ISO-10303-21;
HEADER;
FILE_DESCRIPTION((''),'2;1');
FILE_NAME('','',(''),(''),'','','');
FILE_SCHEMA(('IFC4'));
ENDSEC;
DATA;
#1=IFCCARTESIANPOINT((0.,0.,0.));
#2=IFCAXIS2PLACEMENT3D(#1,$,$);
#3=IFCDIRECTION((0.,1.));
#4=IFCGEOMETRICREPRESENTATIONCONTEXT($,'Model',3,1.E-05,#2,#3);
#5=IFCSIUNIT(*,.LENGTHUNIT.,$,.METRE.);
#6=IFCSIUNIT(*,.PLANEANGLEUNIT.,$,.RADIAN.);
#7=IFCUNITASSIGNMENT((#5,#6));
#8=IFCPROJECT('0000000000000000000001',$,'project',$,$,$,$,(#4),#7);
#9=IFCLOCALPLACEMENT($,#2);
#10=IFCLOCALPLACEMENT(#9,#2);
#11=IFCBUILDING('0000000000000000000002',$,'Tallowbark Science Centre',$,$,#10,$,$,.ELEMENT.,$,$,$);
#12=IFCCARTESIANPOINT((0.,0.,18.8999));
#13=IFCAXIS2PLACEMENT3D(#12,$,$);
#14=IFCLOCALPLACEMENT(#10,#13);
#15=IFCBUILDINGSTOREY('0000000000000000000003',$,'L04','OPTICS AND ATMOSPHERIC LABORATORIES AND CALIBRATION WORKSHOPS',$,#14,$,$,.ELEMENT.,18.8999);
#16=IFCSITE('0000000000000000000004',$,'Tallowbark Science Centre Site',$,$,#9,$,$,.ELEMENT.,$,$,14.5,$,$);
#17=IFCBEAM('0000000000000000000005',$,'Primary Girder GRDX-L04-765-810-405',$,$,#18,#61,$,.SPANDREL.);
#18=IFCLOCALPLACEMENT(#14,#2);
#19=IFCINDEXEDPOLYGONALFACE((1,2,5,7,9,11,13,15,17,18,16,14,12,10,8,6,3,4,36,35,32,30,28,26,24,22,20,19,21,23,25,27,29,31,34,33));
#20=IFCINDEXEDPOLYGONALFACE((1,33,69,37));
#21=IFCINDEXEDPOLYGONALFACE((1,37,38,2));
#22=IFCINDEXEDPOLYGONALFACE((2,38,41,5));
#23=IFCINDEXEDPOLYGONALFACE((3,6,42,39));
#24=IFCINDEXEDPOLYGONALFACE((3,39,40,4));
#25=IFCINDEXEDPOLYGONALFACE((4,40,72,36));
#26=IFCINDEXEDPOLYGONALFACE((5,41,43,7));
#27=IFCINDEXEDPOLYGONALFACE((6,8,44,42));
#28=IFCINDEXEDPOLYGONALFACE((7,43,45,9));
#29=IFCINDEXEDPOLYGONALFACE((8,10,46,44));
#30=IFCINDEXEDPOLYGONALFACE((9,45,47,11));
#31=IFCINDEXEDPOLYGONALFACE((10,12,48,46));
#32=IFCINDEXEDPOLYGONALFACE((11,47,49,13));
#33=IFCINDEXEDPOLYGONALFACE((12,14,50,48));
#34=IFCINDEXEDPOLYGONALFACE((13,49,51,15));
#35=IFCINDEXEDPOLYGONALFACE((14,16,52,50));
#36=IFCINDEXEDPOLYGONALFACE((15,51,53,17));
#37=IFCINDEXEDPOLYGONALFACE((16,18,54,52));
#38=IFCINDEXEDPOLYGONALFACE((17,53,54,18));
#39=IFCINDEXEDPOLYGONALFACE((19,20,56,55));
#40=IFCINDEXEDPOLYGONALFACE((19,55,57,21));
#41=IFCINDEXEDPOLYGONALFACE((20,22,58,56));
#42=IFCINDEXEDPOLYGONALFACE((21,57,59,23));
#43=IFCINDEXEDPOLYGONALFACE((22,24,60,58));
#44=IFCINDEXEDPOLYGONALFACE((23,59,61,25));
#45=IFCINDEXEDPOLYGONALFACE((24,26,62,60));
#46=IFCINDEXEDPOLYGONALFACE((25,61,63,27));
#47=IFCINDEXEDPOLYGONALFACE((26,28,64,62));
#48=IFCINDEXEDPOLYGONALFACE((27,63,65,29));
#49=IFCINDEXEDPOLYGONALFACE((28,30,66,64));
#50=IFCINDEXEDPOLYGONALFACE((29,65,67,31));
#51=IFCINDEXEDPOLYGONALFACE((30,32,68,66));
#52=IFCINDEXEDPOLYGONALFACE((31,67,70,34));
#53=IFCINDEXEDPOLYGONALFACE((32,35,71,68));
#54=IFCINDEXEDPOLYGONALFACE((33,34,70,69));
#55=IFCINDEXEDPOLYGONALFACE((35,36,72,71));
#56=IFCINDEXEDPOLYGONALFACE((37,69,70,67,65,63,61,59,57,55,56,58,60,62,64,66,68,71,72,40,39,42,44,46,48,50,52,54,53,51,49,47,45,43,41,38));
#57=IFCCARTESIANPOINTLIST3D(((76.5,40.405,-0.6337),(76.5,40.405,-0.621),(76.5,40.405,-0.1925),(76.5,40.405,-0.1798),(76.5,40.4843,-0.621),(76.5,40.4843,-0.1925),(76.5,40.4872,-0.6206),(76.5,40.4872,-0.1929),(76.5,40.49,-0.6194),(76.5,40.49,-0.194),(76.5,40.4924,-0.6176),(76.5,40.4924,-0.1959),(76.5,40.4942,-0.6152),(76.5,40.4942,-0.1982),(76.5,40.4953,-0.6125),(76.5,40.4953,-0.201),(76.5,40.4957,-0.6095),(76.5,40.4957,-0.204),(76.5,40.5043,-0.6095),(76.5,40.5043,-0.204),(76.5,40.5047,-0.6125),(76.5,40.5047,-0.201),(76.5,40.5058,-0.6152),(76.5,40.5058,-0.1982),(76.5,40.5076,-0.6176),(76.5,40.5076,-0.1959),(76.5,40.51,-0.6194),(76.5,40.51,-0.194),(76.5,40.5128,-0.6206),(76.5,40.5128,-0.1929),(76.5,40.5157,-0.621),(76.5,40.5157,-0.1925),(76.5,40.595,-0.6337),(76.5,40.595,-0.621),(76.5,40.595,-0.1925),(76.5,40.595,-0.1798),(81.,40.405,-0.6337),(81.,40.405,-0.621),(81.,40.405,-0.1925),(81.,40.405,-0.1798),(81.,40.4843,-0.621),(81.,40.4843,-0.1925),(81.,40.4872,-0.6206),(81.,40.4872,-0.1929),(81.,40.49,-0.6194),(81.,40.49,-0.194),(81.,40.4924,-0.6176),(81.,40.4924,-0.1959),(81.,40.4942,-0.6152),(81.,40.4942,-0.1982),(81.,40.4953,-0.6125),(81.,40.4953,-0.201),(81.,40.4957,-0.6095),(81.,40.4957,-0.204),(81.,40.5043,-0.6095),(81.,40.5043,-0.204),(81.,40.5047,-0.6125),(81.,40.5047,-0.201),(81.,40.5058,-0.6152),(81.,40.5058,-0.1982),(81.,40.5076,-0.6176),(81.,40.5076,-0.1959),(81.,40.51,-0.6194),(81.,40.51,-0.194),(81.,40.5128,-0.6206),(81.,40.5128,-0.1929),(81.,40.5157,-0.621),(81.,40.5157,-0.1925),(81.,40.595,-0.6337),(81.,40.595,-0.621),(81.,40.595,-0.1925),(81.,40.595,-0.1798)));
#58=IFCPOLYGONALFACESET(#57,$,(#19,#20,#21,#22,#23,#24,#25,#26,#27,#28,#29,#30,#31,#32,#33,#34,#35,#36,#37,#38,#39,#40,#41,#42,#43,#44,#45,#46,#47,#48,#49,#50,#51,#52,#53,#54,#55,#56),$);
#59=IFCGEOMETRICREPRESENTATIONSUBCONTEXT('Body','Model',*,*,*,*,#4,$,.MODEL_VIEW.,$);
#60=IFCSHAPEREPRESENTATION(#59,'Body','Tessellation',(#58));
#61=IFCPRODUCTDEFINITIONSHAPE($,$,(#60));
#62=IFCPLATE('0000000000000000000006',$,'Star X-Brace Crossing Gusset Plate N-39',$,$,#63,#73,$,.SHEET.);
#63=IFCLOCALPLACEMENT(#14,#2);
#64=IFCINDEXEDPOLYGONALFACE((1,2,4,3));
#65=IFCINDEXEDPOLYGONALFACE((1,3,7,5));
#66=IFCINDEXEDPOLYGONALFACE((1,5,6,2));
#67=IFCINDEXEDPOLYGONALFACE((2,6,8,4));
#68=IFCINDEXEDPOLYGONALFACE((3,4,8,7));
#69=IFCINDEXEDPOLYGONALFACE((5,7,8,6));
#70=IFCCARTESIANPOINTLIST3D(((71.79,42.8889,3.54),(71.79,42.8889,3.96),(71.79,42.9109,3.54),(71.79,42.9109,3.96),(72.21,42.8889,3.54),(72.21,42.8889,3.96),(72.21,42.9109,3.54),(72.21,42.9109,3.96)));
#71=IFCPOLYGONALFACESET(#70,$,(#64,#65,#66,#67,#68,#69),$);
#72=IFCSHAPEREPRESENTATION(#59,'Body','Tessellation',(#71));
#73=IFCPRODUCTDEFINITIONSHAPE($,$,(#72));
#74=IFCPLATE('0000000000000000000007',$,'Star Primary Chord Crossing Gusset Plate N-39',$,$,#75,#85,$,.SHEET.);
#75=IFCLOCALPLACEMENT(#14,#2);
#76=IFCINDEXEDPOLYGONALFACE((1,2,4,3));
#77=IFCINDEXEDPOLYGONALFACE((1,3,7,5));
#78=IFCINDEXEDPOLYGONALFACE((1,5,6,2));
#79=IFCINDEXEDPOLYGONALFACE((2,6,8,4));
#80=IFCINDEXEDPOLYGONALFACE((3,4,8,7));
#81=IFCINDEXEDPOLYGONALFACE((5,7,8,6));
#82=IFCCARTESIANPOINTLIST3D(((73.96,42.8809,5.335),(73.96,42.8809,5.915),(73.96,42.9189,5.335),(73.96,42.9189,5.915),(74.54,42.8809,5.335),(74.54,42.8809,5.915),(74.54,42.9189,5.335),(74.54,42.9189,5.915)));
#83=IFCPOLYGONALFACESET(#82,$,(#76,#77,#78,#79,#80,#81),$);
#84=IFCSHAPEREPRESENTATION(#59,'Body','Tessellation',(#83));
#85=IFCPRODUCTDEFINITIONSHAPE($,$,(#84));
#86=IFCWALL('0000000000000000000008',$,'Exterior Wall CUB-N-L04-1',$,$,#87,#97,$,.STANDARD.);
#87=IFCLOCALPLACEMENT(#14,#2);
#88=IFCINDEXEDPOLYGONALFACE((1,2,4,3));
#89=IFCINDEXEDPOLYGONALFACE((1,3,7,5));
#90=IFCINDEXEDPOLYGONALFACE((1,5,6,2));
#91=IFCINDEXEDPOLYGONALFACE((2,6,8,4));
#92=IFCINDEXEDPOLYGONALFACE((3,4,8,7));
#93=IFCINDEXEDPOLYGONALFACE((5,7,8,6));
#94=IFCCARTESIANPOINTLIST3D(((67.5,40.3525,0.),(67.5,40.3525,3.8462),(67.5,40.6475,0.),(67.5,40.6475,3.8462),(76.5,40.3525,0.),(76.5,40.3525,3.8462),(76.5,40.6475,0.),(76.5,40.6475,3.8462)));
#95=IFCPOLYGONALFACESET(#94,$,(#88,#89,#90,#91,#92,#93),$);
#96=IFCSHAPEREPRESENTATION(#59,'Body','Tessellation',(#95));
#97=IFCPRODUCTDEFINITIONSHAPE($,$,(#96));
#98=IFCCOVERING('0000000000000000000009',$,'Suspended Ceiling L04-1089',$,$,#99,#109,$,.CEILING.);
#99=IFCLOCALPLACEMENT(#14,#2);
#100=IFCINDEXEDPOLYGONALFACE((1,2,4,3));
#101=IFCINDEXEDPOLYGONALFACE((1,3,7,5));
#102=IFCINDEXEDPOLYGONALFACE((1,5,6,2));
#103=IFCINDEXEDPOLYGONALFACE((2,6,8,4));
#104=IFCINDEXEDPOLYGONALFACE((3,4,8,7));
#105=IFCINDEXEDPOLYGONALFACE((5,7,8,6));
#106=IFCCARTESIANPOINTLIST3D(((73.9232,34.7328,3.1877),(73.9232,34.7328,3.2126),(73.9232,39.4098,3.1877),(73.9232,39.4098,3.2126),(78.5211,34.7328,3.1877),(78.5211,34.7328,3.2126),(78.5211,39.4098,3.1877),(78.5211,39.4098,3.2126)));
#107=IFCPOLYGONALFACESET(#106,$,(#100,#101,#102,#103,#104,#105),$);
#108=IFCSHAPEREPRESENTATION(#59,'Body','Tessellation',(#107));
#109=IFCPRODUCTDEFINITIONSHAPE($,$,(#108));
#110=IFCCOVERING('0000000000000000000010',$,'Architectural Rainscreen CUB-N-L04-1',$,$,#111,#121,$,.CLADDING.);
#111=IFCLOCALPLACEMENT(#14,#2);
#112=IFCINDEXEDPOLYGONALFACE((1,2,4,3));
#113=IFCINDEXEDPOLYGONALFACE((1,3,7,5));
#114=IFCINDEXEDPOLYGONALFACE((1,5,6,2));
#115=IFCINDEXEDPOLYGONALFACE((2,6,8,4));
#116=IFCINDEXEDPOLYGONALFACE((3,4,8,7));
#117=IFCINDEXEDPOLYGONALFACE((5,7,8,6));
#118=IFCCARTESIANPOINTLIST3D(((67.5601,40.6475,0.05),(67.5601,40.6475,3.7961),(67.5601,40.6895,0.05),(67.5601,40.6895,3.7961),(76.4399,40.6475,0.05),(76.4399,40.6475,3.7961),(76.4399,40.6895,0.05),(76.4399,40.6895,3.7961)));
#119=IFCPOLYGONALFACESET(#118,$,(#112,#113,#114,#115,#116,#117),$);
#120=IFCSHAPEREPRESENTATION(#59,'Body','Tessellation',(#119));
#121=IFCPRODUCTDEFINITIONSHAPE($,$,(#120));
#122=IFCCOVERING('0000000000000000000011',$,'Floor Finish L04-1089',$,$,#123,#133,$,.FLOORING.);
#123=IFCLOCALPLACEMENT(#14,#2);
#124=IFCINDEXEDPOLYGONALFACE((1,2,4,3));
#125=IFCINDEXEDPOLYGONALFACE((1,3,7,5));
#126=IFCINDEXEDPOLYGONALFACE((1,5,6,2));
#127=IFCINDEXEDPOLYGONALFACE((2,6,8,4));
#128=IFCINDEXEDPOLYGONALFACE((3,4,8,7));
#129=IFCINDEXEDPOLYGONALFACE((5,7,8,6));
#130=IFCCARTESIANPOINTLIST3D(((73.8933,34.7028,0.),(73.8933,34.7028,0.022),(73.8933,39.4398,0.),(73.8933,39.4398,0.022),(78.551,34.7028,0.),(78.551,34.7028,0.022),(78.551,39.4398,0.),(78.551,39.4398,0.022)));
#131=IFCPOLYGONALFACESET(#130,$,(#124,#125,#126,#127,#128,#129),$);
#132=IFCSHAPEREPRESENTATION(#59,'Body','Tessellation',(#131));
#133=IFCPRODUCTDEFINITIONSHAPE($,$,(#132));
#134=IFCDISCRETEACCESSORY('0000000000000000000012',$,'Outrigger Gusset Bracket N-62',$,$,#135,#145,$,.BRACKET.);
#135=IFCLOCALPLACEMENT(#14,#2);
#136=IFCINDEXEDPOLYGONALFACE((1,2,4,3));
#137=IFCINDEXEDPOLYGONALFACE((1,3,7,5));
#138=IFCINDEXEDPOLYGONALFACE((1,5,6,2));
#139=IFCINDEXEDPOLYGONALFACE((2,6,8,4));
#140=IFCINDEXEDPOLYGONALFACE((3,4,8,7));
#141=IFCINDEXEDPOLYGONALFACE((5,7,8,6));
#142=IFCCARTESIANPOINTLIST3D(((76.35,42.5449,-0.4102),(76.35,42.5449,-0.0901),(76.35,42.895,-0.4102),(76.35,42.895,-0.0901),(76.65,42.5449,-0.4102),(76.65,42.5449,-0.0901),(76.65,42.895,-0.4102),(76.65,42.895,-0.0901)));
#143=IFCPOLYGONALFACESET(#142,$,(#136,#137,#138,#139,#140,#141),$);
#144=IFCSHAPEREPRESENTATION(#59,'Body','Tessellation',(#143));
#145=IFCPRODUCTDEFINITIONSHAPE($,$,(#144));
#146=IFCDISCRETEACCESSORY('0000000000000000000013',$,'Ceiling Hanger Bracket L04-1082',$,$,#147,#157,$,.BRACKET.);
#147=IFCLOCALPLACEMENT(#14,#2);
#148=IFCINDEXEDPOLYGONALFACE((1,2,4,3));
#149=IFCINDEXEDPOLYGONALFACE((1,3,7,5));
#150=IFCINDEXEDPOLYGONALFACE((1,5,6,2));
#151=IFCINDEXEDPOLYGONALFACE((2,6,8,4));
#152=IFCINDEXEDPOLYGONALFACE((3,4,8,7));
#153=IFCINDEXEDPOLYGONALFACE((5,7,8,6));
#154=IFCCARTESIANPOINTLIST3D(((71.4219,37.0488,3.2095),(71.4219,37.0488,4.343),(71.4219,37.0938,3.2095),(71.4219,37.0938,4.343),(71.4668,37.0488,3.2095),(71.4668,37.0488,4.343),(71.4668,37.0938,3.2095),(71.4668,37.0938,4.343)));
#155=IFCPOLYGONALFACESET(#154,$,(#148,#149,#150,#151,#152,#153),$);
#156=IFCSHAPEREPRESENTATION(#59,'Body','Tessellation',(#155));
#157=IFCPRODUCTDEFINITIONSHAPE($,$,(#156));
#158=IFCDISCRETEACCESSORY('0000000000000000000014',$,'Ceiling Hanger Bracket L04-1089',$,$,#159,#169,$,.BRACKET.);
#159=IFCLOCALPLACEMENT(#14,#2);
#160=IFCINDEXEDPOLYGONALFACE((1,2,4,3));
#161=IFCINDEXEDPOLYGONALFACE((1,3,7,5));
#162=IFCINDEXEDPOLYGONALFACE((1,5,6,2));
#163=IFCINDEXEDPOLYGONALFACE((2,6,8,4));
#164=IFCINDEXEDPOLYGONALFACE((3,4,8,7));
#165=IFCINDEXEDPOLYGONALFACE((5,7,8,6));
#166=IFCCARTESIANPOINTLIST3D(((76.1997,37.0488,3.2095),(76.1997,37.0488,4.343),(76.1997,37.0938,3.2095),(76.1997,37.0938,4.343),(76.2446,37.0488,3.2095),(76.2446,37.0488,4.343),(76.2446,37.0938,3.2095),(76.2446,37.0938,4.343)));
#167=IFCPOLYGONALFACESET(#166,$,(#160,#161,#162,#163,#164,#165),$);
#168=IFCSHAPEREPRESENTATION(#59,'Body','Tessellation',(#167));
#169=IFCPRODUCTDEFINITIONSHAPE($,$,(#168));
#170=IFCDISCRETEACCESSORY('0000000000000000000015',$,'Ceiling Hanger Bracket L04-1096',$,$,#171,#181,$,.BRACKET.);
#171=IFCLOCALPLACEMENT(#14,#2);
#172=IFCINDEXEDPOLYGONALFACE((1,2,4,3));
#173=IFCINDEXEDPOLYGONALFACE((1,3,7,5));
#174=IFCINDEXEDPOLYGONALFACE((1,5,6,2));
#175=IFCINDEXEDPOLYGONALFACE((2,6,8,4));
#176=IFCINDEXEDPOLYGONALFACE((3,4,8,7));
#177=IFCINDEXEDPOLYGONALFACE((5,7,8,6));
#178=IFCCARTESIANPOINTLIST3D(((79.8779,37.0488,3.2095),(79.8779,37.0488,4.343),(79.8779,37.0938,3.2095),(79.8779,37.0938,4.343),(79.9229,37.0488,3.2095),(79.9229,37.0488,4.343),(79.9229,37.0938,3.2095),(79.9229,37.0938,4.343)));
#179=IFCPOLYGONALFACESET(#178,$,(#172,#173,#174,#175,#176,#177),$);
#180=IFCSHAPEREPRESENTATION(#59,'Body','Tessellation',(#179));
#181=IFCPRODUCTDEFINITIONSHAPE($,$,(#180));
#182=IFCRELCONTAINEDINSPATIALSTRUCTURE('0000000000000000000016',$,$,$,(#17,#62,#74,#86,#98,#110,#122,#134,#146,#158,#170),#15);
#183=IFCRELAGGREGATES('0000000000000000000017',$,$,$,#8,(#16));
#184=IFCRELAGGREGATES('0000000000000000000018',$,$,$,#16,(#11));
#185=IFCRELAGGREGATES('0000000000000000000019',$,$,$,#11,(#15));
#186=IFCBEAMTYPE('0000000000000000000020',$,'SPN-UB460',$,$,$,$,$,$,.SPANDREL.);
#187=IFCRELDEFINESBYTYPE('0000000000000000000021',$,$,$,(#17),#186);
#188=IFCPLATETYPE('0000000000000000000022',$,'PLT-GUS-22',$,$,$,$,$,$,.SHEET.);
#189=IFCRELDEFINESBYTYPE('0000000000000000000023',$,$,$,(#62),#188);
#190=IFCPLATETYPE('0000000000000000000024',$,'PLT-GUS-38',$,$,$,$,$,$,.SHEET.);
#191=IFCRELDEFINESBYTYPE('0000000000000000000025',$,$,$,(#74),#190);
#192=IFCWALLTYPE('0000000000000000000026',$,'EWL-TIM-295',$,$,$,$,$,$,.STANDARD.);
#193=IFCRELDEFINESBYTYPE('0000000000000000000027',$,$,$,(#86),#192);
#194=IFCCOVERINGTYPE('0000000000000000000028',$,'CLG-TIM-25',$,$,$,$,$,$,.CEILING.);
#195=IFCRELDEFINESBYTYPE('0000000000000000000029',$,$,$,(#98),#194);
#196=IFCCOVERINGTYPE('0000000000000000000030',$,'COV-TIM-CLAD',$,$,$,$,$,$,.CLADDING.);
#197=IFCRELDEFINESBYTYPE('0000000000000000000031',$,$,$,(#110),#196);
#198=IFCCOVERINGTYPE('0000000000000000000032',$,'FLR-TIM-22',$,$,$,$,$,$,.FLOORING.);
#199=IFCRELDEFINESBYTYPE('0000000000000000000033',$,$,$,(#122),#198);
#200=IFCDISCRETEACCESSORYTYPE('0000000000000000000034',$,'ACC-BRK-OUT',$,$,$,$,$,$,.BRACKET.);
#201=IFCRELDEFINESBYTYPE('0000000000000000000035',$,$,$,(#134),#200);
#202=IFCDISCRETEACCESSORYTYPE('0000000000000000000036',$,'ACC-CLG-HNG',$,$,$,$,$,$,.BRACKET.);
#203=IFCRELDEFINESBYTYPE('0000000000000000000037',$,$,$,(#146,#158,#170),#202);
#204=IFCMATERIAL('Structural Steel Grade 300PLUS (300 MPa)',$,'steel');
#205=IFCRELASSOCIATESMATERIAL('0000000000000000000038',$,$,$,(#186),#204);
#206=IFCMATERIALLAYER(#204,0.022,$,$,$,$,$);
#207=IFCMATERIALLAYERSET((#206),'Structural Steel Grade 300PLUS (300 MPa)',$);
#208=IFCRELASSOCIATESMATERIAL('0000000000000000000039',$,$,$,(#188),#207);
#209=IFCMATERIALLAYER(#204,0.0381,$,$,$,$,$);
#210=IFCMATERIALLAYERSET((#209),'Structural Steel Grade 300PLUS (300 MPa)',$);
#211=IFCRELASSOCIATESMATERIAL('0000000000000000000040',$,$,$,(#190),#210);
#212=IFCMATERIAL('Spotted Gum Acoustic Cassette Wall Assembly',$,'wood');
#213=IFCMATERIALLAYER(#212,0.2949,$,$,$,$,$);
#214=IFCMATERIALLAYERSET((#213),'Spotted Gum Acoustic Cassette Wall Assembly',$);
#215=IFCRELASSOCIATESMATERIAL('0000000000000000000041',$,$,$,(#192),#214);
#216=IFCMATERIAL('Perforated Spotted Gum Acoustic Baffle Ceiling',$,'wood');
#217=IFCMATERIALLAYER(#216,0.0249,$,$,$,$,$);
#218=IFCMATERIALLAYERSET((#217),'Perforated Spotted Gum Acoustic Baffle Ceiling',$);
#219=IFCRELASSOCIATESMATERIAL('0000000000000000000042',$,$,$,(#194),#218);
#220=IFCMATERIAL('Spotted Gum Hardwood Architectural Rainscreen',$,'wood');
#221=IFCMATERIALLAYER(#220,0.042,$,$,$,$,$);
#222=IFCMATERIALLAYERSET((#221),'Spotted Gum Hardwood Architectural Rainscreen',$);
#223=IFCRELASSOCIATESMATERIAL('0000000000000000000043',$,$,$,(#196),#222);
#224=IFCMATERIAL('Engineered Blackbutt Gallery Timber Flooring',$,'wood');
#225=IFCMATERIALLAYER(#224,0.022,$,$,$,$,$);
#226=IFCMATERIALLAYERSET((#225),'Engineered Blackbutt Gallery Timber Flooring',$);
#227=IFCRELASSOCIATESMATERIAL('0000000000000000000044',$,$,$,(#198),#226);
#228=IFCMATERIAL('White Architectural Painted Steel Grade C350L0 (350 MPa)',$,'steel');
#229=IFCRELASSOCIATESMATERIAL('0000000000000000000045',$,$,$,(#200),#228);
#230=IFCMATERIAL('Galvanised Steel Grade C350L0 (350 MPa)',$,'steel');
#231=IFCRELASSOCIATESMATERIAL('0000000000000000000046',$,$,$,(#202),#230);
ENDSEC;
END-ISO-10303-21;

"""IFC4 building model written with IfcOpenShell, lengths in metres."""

from ifc_helpers import new_model, si_unit, direction, frame, frame_2d, origin, origin_2d, place, context, subcontext, project, spatial, rectangle, i_section, extrude, material, layer, layer_set, material_profile, profile_set, type_object, element, save


model = new_model("IFC4")

# Units and contexts
model_context = context("Model", 3, precision=1e-05, world=origin(), true_north=direction((0.0, 1.0)))
body_context = subcontext(model_context, "Body", "Model", "MODEL_VIEW")
ifc_project = project(units=[si_unit("LENGTHUNIT", "METRE"), si_unit("PLANEANGLEUNIT", "RADIAN")], contexts=[model_context])

# Site, building, storey
site_placement = place(None, origin())
site = spatial("IfcSite", under=ifc_project, at=site_placement, Name="Tallowbark Science Centre Site", CompositionType="ELEMENT", RefElevation=14.5)
building_placement = place(site_placement, origin())
building = spatial("IfcBuilding", under=site, at=building_placement, Name="Tallowbark Science Centre", CompositionType="ELEMENT")
storey_placement = place(building_placement, frame((0.0, 0.0, 18.8999)))
storey = spatial("IfcBuildingStorey", under=building, at=storey_placement, Name="L04", Description="OPTICS AND ATMOSPHERIC LABORATORIES AND CALIBRATION WORKSHOPS", CompositionType="ELEMENT", Elevation=18.8999)

# Shared definitions
ifc_material_1 = material(Name="Structural Steel Grade 300PLUS (300 MPa)", Category="steel")

# Shared definitions
ifc_material_2 = material(Name="White Architectural Painted Steel Grade C350L0 (350 MPa)", Category="steel")

# Beam
ifc_material_profile_1 = material_profile(ifc_material_1, i_section(OverallWidth=0.1899, OverallDepth=0.4539, WebThickness=0.0085, FlangeThickness=0.0127, FilletRadius=0.0115, at=origin_2d()), Name="460UB67.1")
ifc_profile_set_1 = profile_set([ifc_material_profile_1], Name="Structural Steel Grade 300PLUS (300 MPa)")
beam_type_1 = type_object("IfcBeamType", Name="SPN-UB460", PredefinedType="SPANDREL", material=ifc_profile_set_1)
for number, where, z_axis, x_axis, name in (
    (1, (76.5, 40.5, -0.4067), (1.0, 0.0, 0.0), (0.0, 1.0, 0.0), "Primary Girder GRDX-L04-765-810-405"),
):
    element("IfcBeam", number, at=place(storey_placement, frame(where, z_axis=z_axis, x_axis=x_axis)), inside=storey, type_object=beam_type_1, Name=name, PredefinedType="SPANDREL", context=body_context, shape_type="SweptSolid", body=[
        extrude(i_section(OverallWidth=0.1899, OverallDepth=0.4539, WebThickness=0.0085, FlangeThickness=0.0127, FilletRadius=0.0115, at=origin_2d()), origin(), (0.0, 0.0, 1.0), 4.5),
    ])

# Plates
ifc_layer_1 = layer(ifc_material_1, 0.022)
ifc_layer_set_1 = layer_set([ifc_layer_1], Name="Structural Steel Grade 300PLUS (300 MPa)")
plate_type_1 = type_object("IfcPlateType", Name="PLT-GUS-22", PredefinedType="SHEET", material=ifc_layer_set_1)
plate_1_placement = place(storey_placement, frame((72.0, 42.8999, 3.54), z_axis=(0.0, 0.0, 1.0), x_axis=(1.0, 0.0, 0.0)))
element("IfcPlate", 2, at=plate_1_placement, inside=storey, type_object=plate_type_1, Name="Star X-Brace Crossing Gusset Plate N-39", PredefinedType="SHEET", context=body_context, shape_type="SweptSolid", body=[
    extrude(rectangle(XDim=0.4199, YDim=0.022, at=origin_2d()), origin(), (0.0, 0.0, 1.0), 0.4199),
])
ifc_layer_2 = layer(ifc_material_1, 0.0381)
ifc_layer_set_2 = layer_set([ifc_layer_2], Name="Structural Steel Grade 300PLUS (300 MPa)")
plate_type_2 = type_object("IfcPlateType", Name="PLT-GUS-38", PredefinedType="SHEET", material=ifc_layer_set_2)
plate_2_placement = place(storey_placement, frame((74.25, 42.8999, 5.335), z_axis=(0.0, 0.0, 1.0), x_axis=(1.0, 0.0, 0.0)))
element("IfcPlate", 3, at=plate_2_placement, inside=storey, type_object=plate_type_2, Name="Star Primary Chord Crossing Gusset Plate N-39", PredefinedType="SHEET", context=body_context, shape_type="SweptSolid", body=[
    extrude(rectangle(XDim=0.5801, YDim=0.0381, at=origin_2d()), origin(), (0.0, 0.0, 1.0), 0.5801),
])

# Wall
ifc_material_3 = material(Name="Spotted Gum Acoustic Cassette Wall Assembly", Category="wood")
ifc_layer_3 = layer(ifc_material_3, 0.2949)
ifc_layer_set_3 = layer_set([ifc_layer_3], Name="Spotted Gum Acoustic Cassette Wall Assembly")
wall_type = type_object("IfcWallType", Name="EWL-TIM-295", PredefinedType="STANDARD", material=ifc_layer_set_3)
wall_placement = place(storey_placement, frame((76.5, 40.5, 0.0), z_axis=(0.0, 0.0, 1.0), x_axis=(-1.0, 0.0, 0.0)))
element("IfcWall", 4, at=wall_placement, inside=storey, type_object=wall_type, Name="Exterior Wall CUB-N-L04-1", PredefinedType="STANDARD", context=body_context, shape_type="SweptSolid", body=[
    extrude(rectangle(XDim=9.0, YDim=0.2949, at=frame_2d((4.5, 0.0))), origin(), (0.0, 0.0, 1.0), 3.8462),
])

# Coverings
ifc_material_4 = material(Name="Perforated Spotted Gum Acoustic Baffle Ceiling", Category="wood")
ifc_layer_4 = layer(ifc_material_4, 0.0249)
ifc_layer_set_4 = layer_set([ifc_layer_4], Name="Perforated Spotted Gum Acoustic Baffle Ceiling")
covering_type_1 = type_object("IfcCoveringType", Name="CLG-TIM-25", PredefinedType="CEILING", material=ifc_layer_set_4)
covering_1_placement = place(storey_placement, frame((76.2222, 37.0713, 3.1877), z_axis=(0.0, 0.0, 1.0), x_axis=(1.0, 0.0, 0.0)))
element("IfcCovering", 5, at=covering_1_placement, inside=storey, type_object=covering_type_1, Name="Suspended Ceiling L04-1089", PredefinedType="CEILING", context=body_context, shape_type="SweptSolid", body=[
    extrude(rectangle(XDim=4.5979, YDim=4.677, at=origin_2d()), origin(), (0.0, 0.0, 1.0), 0.0249),
])
ifc_material_5 = material(Name="Spotted Gum Hardwood Architectural Rainscreen", Category="wood")
ifc_layer_5 = layer(ifc_material_5, 0.042)
ifc_layer_set_5 = layer_set([ifc_layer_5], Name="Spotted Gum Hardwood Architectural Rainscreen")
covering_type_2 = type_object("IfcCoveringType", Name="COV-TIM-CLAD", PredefinedType="CLADDING", material=ifc_layer_set_5)
covering_2_placement = place(storey_placement, frame((72.0, 40.6685, 0.05), z_axis=(0.0, 0.0, 1.0), x_axis=(-1.0, 0.0, 0.0)))
element("IfcCovering", 6, at=covering_2_placement, inside=storey, type_object=covering_type_2, Name="Architectural Rainscreen CUB-N-L04-1", PredefinedType="CLADDING", context=body_context, shape_type="SweptSolid", body=[
    extrude(rectangle(XDim=8.8799, YDim=0.042, at=origin_2d()), origin(), (0.0, 0.0, 1.0), 3.7461),
])
ifc_material_6 = material(Name="Engineered Blackbutt Gallery Timber Flooring", Category="wood")
ifc_layer_6 = layer(ifc_material_6, 0.022)
ifc_layer_set_6 = layer_set([ifc_layer_6], Name="Engineered Blackbutt Gallery Timber Flooring")
covering_type_3 = type_object("IfcCoveringType", Name="FLR-TIM-22", PredefinedType="FLOORING", material=ifc_layer_set_6)
covering_3_placement = place(storey_placement, frame((76.2222, 37.0713, 0.0), z_axis=(0.0, 0.0, 1.0), x_axis=(1.0, 0.0, 0.0)))
element("IfcCovering", 7, at=covering_3_placement, inside=storey, type_object=covering_type_3, Name="Floor Finish L04-1089", PredefinedType="FLOORING", context=body_context, shape_type="SweptSolid", body=[
    extrude(rectangle(XDim=4.6577, YDim=4.7371, at=origin_2d()), origin(), (0.0, 0.0, 1.0), 0.022),
])

# Discrete accessories
discrete_accessory_type_1 = type_object("IfcDiscreteAccessoryType", Name="ACC-BRK-OUT", PredefinedType="BRACKET", material=ifc_material_2)
discrete_accessory_placement = place(storey_placement, frame((76.5, 42.72, -0.4102), z_axis=(0.0, 0.0, 1.0), x_axis=(1.0, 0.0, 0.0)))
element("IfcDiscreteAccessory", 8, at=discrete_accessory_placement, inside=storey, type_object=discrete_accessory_type_1, Name="Outrigger Gusset Bracket N-62", PredefinedType="BRACKET", context=body_context, shape_type="SweptSolid", body=[
    extrude(rectangle(XDim=0.3, YDim=0.3501, at=origin_2d()), origin(), (0.0, 0.0, 1.0), 0.3201),
])
ifc_material_7 = material(Name="Galvanised Steel Grade C350L0 (350 MPa)", Category="steel")
discrete_accessory_type_2 = type_object("IfcDiscreteAccessoryType", Name="ACC-CLG-HNG", PredefinedType="BRACKET", material=ifc_material_7)
for number, where, z_axis, x_axis, name in (
    (9, (71.4443, 37.0713, 3.2095), (0.0, 0.0, 1.0), (1.0, 0.0, 0.0), "Ceiling Hanger Bracket L04-1082"),
    (10, (76.2222, 37.0713, 3.2095), (0.0, 0.0, 1.0), (1.0, 0.0, 0.0), "Ceiling Hanger Bracket L04-1089"),
    (11, (79.9004, 37.0713, 3.2095), (0.0, 0.0, 1.0), (1.0, 0.0, 0.0), "Ceiling Hanger Bracket L04-1096"),
):
    element("IfcDiscreteAccessory", number, at=place(storey_placement, frame(where, z_axis=z_axis, x_axis=x_axis)), inside=storey, type_object=discrete_accessory_type_2, Name=name, PredefinedType="BRACKET", context=body_context, shape_type="SweptSolid", body=[
        extrude(rectangle(XDim=0.0449, YDim=0.0449, at=origin_2d()), origin(), (0.0, 0.0, 1.0), 1.1335),
    ])

save(model, "model.ifc")
